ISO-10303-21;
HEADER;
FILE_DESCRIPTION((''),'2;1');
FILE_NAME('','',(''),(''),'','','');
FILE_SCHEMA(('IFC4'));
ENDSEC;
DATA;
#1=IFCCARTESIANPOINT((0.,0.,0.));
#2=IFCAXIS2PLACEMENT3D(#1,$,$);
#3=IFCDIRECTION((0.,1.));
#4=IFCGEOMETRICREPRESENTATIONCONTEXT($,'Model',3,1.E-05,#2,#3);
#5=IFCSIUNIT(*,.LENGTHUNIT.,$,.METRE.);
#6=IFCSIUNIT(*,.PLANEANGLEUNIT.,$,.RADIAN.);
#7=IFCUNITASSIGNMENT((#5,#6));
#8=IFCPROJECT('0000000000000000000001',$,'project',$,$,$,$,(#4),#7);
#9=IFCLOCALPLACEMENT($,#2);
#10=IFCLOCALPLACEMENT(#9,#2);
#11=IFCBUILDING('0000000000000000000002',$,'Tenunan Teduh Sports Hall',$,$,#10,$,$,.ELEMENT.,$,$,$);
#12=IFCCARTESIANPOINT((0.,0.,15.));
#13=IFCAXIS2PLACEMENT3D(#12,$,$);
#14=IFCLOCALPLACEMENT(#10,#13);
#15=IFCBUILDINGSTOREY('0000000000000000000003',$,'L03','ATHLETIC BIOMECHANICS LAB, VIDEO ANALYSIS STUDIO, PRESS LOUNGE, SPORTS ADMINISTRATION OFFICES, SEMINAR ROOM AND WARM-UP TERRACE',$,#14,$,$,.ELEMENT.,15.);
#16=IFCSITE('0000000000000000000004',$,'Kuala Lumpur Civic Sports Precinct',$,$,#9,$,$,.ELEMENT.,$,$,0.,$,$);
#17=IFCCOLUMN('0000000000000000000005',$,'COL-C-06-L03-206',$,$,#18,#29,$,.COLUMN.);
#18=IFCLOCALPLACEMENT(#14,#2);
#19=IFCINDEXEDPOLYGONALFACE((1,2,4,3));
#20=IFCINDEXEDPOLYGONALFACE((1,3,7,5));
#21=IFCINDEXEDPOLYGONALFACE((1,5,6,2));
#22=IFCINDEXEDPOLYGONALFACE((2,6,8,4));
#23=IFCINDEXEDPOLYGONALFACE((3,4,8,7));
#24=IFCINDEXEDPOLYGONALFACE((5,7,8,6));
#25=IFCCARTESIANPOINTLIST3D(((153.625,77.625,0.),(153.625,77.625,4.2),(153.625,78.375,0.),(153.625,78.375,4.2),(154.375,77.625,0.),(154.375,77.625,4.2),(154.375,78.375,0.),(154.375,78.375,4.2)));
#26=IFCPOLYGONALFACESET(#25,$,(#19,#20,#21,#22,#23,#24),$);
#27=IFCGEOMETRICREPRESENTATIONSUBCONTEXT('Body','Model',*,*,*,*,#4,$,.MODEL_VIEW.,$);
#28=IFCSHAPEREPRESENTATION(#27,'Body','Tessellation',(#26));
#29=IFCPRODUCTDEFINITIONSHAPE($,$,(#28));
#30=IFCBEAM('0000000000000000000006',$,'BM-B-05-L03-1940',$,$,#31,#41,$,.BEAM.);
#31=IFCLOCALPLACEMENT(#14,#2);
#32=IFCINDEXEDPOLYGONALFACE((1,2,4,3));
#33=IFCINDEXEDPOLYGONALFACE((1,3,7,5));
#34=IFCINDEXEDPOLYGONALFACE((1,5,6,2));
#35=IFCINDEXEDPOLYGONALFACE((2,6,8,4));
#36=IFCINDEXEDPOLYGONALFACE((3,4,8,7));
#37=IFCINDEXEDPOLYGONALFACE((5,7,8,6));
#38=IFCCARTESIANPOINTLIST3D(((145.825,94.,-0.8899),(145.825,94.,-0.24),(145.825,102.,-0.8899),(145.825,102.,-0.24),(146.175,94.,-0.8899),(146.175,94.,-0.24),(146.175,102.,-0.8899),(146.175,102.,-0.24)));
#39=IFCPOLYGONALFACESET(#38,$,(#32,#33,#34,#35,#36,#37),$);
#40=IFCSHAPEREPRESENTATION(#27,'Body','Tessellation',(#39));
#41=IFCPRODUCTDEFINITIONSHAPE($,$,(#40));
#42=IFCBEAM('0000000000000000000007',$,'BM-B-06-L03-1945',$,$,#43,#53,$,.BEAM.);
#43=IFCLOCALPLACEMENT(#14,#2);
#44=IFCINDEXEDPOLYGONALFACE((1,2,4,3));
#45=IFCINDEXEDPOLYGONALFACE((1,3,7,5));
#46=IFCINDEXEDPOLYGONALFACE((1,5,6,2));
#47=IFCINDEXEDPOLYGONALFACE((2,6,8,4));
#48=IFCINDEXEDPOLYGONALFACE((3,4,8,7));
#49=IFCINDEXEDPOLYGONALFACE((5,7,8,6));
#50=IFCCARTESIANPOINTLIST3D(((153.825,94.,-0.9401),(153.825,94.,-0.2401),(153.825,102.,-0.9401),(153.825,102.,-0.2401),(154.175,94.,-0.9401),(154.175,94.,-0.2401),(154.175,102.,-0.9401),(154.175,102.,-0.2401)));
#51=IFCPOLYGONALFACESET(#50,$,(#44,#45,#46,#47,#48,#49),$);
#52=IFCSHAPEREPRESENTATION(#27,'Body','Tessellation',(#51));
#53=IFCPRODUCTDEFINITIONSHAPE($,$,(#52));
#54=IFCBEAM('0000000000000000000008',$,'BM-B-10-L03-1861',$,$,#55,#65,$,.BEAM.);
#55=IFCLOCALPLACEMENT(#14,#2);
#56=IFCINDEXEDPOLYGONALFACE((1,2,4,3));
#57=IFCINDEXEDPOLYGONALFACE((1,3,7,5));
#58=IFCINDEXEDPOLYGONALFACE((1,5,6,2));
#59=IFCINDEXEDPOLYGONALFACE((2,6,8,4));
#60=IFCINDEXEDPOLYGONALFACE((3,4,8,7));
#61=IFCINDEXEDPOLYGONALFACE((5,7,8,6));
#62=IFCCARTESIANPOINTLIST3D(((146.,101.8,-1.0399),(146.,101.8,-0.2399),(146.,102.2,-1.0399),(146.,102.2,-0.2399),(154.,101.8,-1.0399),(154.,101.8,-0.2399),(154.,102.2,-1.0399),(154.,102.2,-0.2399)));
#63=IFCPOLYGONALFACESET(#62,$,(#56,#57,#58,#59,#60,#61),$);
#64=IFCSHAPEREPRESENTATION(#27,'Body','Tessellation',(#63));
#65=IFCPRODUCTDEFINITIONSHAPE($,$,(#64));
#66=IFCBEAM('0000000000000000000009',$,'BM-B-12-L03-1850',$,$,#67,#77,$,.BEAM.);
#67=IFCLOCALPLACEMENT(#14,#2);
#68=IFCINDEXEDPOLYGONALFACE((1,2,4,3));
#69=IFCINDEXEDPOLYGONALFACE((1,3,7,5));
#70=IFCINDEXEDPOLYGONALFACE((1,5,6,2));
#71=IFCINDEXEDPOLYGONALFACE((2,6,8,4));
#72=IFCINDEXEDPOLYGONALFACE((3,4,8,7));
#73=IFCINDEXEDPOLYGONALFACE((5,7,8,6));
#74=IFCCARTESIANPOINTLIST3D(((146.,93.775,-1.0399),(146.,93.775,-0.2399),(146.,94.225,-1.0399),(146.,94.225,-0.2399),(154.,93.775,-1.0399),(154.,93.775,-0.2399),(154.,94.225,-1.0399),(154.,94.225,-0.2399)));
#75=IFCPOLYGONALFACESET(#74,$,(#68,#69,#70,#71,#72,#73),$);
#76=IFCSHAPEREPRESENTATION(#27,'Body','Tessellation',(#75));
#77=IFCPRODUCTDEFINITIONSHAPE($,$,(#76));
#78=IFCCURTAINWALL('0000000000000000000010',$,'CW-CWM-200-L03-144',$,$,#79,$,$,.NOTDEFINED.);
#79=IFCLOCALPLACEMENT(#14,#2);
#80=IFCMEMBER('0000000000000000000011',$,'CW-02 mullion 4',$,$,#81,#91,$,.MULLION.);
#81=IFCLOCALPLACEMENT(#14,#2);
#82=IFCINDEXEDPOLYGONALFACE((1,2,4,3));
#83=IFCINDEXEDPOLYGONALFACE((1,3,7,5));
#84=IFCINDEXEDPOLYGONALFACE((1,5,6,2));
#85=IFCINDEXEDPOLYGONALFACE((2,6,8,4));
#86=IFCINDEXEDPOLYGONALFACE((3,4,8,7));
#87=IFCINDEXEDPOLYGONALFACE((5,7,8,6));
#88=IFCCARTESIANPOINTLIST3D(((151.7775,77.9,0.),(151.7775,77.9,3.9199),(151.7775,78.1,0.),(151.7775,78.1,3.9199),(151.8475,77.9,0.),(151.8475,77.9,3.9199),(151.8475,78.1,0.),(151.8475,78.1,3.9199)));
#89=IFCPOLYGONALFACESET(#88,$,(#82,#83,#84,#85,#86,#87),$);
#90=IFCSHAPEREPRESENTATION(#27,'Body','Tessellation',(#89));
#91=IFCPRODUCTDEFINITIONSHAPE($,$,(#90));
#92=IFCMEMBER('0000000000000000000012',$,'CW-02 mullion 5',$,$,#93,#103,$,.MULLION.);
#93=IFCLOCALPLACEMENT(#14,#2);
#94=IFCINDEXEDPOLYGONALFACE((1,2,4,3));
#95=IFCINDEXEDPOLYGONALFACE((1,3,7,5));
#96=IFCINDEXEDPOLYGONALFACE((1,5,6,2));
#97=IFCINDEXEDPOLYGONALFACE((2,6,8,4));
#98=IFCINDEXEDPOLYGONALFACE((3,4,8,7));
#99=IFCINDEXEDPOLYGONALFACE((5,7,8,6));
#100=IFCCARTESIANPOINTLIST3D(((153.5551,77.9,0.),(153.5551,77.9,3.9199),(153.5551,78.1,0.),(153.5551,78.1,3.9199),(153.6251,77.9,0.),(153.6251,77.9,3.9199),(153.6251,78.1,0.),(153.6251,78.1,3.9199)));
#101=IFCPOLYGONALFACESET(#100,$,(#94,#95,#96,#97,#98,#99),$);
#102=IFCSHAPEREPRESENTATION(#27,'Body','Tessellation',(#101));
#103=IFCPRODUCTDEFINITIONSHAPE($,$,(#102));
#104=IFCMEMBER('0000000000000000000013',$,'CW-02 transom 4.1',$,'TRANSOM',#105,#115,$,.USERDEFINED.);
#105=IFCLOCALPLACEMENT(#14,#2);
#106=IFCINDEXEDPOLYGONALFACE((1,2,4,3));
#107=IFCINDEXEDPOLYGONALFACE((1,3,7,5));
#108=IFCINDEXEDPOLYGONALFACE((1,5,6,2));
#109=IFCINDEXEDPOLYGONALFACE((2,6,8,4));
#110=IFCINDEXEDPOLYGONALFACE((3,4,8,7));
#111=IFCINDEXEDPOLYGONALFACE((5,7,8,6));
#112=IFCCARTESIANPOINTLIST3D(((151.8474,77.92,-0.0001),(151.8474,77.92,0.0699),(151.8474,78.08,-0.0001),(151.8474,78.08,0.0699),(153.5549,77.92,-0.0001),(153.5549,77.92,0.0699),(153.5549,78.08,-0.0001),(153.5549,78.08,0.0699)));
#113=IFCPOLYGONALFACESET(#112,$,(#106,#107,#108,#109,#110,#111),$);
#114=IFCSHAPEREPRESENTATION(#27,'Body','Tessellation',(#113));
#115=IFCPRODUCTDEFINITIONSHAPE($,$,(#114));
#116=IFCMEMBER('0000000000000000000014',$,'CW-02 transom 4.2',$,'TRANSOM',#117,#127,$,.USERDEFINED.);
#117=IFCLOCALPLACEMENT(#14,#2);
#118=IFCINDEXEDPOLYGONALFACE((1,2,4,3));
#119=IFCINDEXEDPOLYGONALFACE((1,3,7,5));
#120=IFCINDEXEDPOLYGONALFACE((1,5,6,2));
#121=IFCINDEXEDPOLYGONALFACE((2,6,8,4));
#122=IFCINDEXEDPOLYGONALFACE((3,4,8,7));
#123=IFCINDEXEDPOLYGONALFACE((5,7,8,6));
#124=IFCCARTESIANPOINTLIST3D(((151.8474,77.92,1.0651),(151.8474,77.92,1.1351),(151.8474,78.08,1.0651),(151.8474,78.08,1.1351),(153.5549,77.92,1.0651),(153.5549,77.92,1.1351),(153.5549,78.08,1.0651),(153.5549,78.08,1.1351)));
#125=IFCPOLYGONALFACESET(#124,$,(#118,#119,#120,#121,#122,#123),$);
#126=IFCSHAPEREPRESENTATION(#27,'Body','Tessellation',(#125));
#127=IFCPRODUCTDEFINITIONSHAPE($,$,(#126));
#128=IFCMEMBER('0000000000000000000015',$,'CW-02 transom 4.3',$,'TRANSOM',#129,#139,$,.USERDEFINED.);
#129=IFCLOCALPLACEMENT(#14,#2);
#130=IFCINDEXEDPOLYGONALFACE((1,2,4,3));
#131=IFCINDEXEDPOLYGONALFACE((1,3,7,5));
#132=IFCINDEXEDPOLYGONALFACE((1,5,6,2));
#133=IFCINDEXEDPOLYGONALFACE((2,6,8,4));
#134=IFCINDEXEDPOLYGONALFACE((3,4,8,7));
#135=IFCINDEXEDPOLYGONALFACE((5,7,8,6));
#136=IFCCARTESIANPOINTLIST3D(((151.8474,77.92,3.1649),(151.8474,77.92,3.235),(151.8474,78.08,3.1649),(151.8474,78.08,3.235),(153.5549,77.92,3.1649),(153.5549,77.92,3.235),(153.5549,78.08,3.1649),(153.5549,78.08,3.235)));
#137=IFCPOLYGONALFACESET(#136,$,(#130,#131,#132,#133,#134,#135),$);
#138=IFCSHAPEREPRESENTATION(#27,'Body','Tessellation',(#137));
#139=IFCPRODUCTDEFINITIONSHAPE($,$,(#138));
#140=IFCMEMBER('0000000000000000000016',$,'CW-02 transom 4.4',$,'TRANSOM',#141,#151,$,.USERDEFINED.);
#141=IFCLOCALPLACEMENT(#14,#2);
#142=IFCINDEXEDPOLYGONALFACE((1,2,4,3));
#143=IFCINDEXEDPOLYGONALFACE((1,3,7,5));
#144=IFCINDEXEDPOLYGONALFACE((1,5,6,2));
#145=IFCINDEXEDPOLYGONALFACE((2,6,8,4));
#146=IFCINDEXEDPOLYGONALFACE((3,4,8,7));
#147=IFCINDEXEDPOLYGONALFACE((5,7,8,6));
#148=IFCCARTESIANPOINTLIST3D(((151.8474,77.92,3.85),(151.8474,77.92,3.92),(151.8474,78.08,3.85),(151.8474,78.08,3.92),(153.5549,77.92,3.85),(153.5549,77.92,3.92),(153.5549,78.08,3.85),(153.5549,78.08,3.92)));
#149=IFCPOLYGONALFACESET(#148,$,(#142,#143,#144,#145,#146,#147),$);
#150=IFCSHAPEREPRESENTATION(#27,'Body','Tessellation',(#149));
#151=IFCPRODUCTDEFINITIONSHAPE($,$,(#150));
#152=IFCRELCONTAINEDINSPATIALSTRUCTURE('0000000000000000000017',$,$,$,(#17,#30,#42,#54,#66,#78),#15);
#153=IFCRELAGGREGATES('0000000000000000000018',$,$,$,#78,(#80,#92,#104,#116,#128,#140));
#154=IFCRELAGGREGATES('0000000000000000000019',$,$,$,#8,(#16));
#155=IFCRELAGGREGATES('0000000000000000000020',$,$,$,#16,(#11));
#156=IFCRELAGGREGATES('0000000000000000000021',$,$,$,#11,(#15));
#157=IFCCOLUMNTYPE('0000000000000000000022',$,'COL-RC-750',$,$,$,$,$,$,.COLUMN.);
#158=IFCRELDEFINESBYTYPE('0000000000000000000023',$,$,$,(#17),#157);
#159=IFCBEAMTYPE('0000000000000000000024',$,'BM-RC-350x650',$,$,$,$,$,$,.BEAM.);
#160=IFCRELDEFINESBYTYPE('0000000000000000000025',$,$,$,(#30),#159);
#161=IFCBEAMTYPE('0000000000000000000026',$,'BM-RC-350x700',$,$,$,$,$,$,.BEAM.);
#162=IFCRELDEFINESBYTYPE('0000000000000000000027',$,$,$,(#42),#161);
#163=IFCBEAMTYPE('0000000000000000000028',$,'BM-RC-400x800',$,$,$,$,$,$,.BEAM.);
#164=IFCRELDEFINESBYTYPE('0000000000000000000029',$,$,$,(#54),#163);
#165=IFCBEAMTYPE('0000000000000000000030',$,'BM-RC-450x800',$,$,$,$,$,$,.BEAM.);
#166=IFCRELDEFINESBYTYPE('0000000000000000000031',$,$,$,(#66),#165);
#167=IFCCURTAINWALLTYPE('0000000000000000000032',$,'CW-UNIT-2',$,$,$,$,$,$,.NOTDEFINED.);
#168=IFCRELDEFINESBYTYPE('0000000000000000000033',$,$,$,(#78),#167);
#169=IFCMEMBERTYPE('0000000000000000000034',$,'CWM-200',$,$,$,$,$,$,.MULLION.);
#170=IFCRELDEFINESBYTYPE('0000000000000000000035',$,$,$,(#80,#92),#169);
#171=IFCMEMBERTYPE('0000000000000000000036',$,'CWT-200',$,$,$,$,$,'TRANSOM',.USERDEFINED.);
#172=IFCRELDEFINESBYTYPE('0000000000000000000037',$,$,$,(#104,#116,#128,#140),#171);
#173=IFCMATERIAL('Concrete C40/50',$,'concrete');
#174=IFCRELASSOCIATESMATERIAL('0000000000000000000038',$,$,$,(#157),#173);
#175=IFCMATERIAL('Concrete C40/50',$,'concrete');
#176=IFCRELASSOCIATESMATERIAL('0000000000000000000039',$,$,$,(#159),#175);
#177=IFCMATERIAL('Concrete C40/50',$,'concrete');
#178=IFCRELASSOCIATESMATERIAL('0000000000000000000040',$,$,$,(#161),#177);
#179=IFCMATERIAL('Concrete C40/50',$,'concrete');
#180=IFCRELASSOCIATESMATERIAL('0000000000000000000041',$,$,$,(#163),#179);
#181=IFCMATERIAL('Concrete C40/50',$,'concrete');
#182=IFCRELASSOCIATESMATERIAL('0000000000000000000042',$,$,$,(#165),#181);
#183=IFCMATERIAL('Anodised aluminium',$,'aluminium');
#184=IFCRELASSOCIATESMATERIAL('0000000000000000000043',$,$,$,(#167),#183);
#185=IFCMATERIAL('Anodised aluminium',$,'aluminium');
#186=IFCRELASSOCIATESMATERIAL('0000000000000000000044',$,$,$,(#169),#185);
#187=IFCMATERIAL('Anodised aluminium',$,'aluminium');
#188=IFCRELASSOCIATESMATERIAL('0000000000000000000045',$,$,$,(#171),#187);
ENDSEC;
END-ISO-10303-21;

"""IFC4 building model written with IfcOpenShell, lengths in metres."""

from ifc_helpers import new_model, si_unit, direction, frame, origin, origin_2d, place, context, subcontext, project, spatial, rectangle, extrude, material, material_profile, profile_set, type_object, element, aggregate, save


model = new_model("IFC4")

# Units and contexts
model_context = context("Model", 3, precision=1e-05, world=origin(), true_north=direction((0.0, 1.0)))
body_context = subcontext(model_context, "Body", "Model", "MODEL_VIEW")
ifc_project = project(units=[si_unit("LENGTHUNIT", "METRE"), si_unit("PLANEANGLEUNIT", "RADIAN")], contexts=[model_context])

# Site, building, storey
site_placement = place(None, origin())
site = spatial("IfcSite", under=ifc_project, at=site_placement, Name="Kuala Lumpur Civic Sports Precinct", CompositionType="ELEMENT", RefElevation=0.0)
building_placement = place(site_placement, origin())
building = spatial("IfcBuilding", under=site, at=building_placement, Name="Tenunan Teduh Sports Hall", CompositionType="ELEMENT")
storey_placement = place(building_placement, frame((0.0, 0.0, 15.0)))
storey = spatial("IfcBuildingStorey", under=building, at=storey_placement, Name="L03", Description="ATHLETIC BIOMECHANICS LAB, VIDEO ANALYSIS STUDIO, PRESS LOUNGE, SPORTS ADMINISTRATION OFFICES, SEMINAR ROOM AND WARM-UP TERRACE", CompositionType="ELEMENT", Elevation=15.0)

# Column
ifc_material_1 = material(Name="Concrete C40/50", Category="concrete")
ifc_material_profile_1 = material_profile(ifc_material_1, rectangle(XDim=0.75, YDim=0.75, at=origin_2d()), Name="RC 750x750")
ifc_profile_set_1 = profile_set([ifc_material_profile_1], Name="Concrete C40/50")
column_type = type_object("IfcColumnType", Name="COL-RC-750", PredefinedType="COLUMN", material=ifc_profile_set_1)
column_placement = place(storey_placement, frame((154.0, 78.0, 0.0), z_axis=(0.0, 0.0, 1.0), x_axis=(1.0, 0.0, 0.0)))
element("IfcColumn", 1, at=column_placement, inside=storey, type_object=column_type, Name="COL-C-06-L03-206", PredefinedType="COLUMN", context=body_context, shape_type="SweptSolid", body=[
    extrude(rectangle(XDim=0.75, YDim=0.75, at=origin_2d()), origin(), (0.0, 0.0, 1.0), 4.2),
])

# Beams
ifc_material_2 = material(Name="Concrete C40/50", Category="concrete")
ifc_material_profile_2 = material_profile(ifc_material_2, rectangle(XDim=0.3501, YDim=0.6499, at=origin_2d()), Name="RCB 350x650")
ifc_profile_set_2 = profile_set([ifc_material_profile_2], Name="Concrete C40/50")
beam_type_1 = type_object("IfcBeamType", Name="BM-RC-350x650", PredefinedType="BEAM", material=ifc_profile_set_2)
beam_1_placement = place(storey_placement, frame((146.0, 94.0, -0.5649), z_axis=(0.0, 1.0, 0.0), x_axis=(-1.0, 0.0, 0.0)))
element("IfcBeam", 2, at=beam_1_placement, inside=storey, type_object=beam_type_1, Name="BM-B-05-L03-1940", PredefinedType="BEAM", context=body_context, shape_type="SweptSolid", body=[
    extrude(rectangle(XDim=0.3501, YDim=0.6499, at=origin_2d()), origin(), (0.0, 0.0, 1.0), 8.0),
])
ifc_material_3 = material(Name="Concrete C40/50", Category="concrete")
ifc_material_profile_3 = material_profile(ifc_material_3, rectangle(XDim=0.3501, YDim=0.7, at=origin_2d()), Name="RCB 350x700")
ifc_profile_set_3 = profile_set([ifc_material_profile_3], Name="Concrete C40/50")
beam_type_2 = type_object("IfcBeamType", Name="BM-RC-350x700", PredefinedType="BEAM", material=ifc_profile_set_3)
beam_2_placement = place(storey_placement, frame((154.0, 94.0, -0.5901), z_axis=(0.0, 1.0, 0.0), x_axis=(-1.0, 0.0, 0.0)))
element("IfcBeam", 3, at=beam_2_placement, inside=storey, type_object=beam_type_2, Name="BM-B-06-L03-1945", PredefinedType="BEAM", context=body_context, shape_type="SweptSolid", body=[
    extrude(rectangle(XDim=0.3501, YDim=0.7, at=origin_2d()), origin(), (0.0, 0.0, 1.0), 8.0),
])
ifc_material_4 = material(Name="Concrete C40/50", Category="concrete")
ifc_material_profile_4 = material_profile(ifc_material_4, rectangle(XDim=0.3999, YDim=0.8, at=origin_2d()), Name="RCB 400x800")
ifc_profile_set_4 = profile_set([ifc_material_profile_4], Name="Concrete C40/50")
beam_type_3 = type_object("IfcBeamType", Name="BM-RC-400x800", PredefinedType="BEAM", material=ifc_profile_set_4)
beam_3_placement = place(storey_placement, frame((146.0, 102.0, -0.6399), z_axis=(1.0, 0.0, 0.0), x_axis=(0.0, 1.0, 0.0)))
element("IfcBeam", 4, at=beam_3_placement, inside=storey, type_object=beam_type_3, Name="BM-B-10-L03-1861", PredefinedType="BEAM", context=body_context, shape_type="SweptSolid", body=[
    extrude(rectangle(XDim=0.3999, YDim=0.8, at=origin_2d()), origin(), (0.0, 0.0, 1.0), 8.0),
])
ifc_material_5 = material(Name="Concrete C40/50", Category="concrete")
ifc_material_profile_5 = material_profile(ifc_material_5, rectangle(XDim=0.45, YDim=0.8, at=origin_2d()), Name="RCB 450x800")
ifc_profile_set_5 = profile_set([ifc_material_profile_5], Name="Concrete C40/50")
beam_type_4 = type_object("IfcBeamType", Name="BM-RC-450x800", PredefinedType="BEAM", material=ifc_profile_set_5)
beam_4_placement = place(storey_placement, frame((146.0, 94.0, -0.6399), z_axis=(1.0, 0.0, 0.0), x_axis=(0.0, 1.0, 0.0)))
element("IfcBeam", 5, at=beam_4_placement, inside=storey, type_object=beam_type_4, Name="BM-B-12-L03-1850", PredefinedType="BEAM", context=body_context, shape_type="SweptSolid", body=[
    extrude(rectangle(XDim=0.45, YDim=0.8, at=origin_2d()), origin(), (0.0, 0.0, 1.0), 8.0),
])

# Curtain wall, members
ifc_material_6 = material(Name="Anodised aluminium", Category="aluminium")
curtain_wall_type = type_object("IfcCurtainWallType", Name="CW-UNIT-2", PredefinedType="NOTDEFINED", material=ifc_material_6)
curtain_wall_placement = place(storey_placement, origin())
curtain_wall = element("IfcCurtainWall", 6, at=curtain_wall_placement, inside=storey, type_object=curtain_wall_type, Name="CW-CWM-200-L03-144", PredefinedType="NOTDEFINED")
ifc_material_7 = material(Name="Anodised aluminium", Category="aluminium")
ifc_material_profile_6 = material_profile(ifc_material_7, rectangle(XDim=0.0701, YDim=0.2, at=origin_2d()), Name="CWM 70x200")
ifc_profile_set_6 = profile_set([ifc_material_profile_6], Name="Anodised aluminium")
member_type_1 = type_object("IfcMemberType", Name="CWM-200", PredefinedType="MULLION", material=ifc_profile_set_6)
member_1_placement = place(storey_placement, frame((151.8125, 78.0, 0.0), z_axis=(0.0, 0.0, 1.0), x_axis=(1.0, 0.0, 0.0)))
member_1 = element("IfcMember", 7, at=member_1_placement, type_object=member_type_1, Name="CW-02 mullion 4", PredefinedType="MULLION", context=body_context, shape_type="SweptSolid", body=[
    extrude(rectangle(XDim=0.0701, YDim=0.2, at=origin_2d()), origin(), (0.0, 0.0, 1.0), 3.9199),
])
member_2_placement = place(storey_placement, frame((153.5901, 78.0, 0.0), z_axis=(0.0, 0.0, 1.0), x_axis=(1.0, 0.0, 0.0)))
member_2 = element("IfcMember", 8, at=member_2_placement, type_object=member_type_1, Name="CW-02 mullion 5", PredefinedType="MULLION", context=body_context, shape_type="SweptSolid", body=[
    extrude(rectangle(XDim=0.0701, YDim=0.2, at=origin_2d()), origin(), (0.0, 0.0, 1.0), 3.9199),
])
ifc_material_8 = material(Name="Anodised aluminium", Category="aluminium")
ifc_material_profile_7 = material_profile(ifc_material_8, rectangle(XDim=0.0701, YDim=0.1599, at=origin_2d()), Name="CWT 70x160")
ifc_profile_set_7 = profile_set([ifc_material_profile_7], Name="Anodised aluminium")
member_type_2 = type_object("IfcMemberType", Name="CWT-200", ElementType="TRANSOM", PredefinedType="USERDEFINED", material=ifc_profile_set_7)
member_3_placement = place(storey_placement, frame((151.8474, 78.0, 0.0349), z_axis=(1.0, 0.0, 0.0), x_axis=(0.0, 0.0, 1.0)))
member_3 = element("IfcMember", 9, at=member_3_placement, type_object=member_type_2, Name="CW-02 transom 4.1", ObjectType="TRANSOM", PredefinedType="USERDEFINED", context=body_context, shape_type="SweptSolid", body=[
    extrude(rectangle(XDim=0.0701, YDim=0.1599, at=origin_2d()), origin(), (0.0, 0.0, 1.0), 1.7075),
])
member_4_placement = place(storey_placement, frame((151.8474, 78.0, 1.1001), z_axis=(1.0, 0.0, 0.0), x_axis=(0.0, 0.0, 1.0)))
member_4 = element("IfcMember", 10, at=member_4_placement, type_object=member_type_2, Name="CW-02 transom 4.2", ObjectType="TRANSOM", PredefinedType="USERDEFINED", context=body_context, shape_type="SweptSolid", body=[
    extrude(rectangle(XDim=0.0701, YDim=0.1599, at=origin_2d()), origin(), (0.0, 0.0, 1.0), 1.7075),
])
member_5_placement = place(storey_placement, frame((151.8474, 78.0, 3.2), z_axis=(1.0, 0.0, 0.0), x_axis=(0.0, 0.0, 1.0)))
member_5 = element("IfcMember", 11, at=member_5_placement, type_object=member_type_2, Name="CW-02 transom 4.3", ObjectType="TRANSOM", PredefinedType="USERDEFINED", context=body_context, shape_type="SweptSolid", body=[
    extrude(rectangle(XDim=0.0701, YDim=0.1599, at=origin_2d()), origin(), (0.0, 0.0, 1.0), 1.7075),
])
member_6_placement = place(storey_placement, frame((151.8474, 78.0, 3.885), z_axis=(1.0, 0.0, 0.0), x_axis=(0.0, 0.0, 1.0)))
member_6 = element("IfcMember", 12, at=member_6_placement, type_object=member_type_2, Name="CW-02 transom 4.4", ObjectType="TRANSOM", PredefinedType="USERDEFINED", context=body_context, shape_type="SweptSolid", body=[
    extrude(rectangle(XDim=0.0701, YDim=0.1599, at=origin_2d()), origin(), (0.0, 0.0, 1.0), 1.7075),
])

aggregate(curtain_wall, [member_1, member_2, member_3, member_4, member_5, member_6])

save(model, "model.ifc")
